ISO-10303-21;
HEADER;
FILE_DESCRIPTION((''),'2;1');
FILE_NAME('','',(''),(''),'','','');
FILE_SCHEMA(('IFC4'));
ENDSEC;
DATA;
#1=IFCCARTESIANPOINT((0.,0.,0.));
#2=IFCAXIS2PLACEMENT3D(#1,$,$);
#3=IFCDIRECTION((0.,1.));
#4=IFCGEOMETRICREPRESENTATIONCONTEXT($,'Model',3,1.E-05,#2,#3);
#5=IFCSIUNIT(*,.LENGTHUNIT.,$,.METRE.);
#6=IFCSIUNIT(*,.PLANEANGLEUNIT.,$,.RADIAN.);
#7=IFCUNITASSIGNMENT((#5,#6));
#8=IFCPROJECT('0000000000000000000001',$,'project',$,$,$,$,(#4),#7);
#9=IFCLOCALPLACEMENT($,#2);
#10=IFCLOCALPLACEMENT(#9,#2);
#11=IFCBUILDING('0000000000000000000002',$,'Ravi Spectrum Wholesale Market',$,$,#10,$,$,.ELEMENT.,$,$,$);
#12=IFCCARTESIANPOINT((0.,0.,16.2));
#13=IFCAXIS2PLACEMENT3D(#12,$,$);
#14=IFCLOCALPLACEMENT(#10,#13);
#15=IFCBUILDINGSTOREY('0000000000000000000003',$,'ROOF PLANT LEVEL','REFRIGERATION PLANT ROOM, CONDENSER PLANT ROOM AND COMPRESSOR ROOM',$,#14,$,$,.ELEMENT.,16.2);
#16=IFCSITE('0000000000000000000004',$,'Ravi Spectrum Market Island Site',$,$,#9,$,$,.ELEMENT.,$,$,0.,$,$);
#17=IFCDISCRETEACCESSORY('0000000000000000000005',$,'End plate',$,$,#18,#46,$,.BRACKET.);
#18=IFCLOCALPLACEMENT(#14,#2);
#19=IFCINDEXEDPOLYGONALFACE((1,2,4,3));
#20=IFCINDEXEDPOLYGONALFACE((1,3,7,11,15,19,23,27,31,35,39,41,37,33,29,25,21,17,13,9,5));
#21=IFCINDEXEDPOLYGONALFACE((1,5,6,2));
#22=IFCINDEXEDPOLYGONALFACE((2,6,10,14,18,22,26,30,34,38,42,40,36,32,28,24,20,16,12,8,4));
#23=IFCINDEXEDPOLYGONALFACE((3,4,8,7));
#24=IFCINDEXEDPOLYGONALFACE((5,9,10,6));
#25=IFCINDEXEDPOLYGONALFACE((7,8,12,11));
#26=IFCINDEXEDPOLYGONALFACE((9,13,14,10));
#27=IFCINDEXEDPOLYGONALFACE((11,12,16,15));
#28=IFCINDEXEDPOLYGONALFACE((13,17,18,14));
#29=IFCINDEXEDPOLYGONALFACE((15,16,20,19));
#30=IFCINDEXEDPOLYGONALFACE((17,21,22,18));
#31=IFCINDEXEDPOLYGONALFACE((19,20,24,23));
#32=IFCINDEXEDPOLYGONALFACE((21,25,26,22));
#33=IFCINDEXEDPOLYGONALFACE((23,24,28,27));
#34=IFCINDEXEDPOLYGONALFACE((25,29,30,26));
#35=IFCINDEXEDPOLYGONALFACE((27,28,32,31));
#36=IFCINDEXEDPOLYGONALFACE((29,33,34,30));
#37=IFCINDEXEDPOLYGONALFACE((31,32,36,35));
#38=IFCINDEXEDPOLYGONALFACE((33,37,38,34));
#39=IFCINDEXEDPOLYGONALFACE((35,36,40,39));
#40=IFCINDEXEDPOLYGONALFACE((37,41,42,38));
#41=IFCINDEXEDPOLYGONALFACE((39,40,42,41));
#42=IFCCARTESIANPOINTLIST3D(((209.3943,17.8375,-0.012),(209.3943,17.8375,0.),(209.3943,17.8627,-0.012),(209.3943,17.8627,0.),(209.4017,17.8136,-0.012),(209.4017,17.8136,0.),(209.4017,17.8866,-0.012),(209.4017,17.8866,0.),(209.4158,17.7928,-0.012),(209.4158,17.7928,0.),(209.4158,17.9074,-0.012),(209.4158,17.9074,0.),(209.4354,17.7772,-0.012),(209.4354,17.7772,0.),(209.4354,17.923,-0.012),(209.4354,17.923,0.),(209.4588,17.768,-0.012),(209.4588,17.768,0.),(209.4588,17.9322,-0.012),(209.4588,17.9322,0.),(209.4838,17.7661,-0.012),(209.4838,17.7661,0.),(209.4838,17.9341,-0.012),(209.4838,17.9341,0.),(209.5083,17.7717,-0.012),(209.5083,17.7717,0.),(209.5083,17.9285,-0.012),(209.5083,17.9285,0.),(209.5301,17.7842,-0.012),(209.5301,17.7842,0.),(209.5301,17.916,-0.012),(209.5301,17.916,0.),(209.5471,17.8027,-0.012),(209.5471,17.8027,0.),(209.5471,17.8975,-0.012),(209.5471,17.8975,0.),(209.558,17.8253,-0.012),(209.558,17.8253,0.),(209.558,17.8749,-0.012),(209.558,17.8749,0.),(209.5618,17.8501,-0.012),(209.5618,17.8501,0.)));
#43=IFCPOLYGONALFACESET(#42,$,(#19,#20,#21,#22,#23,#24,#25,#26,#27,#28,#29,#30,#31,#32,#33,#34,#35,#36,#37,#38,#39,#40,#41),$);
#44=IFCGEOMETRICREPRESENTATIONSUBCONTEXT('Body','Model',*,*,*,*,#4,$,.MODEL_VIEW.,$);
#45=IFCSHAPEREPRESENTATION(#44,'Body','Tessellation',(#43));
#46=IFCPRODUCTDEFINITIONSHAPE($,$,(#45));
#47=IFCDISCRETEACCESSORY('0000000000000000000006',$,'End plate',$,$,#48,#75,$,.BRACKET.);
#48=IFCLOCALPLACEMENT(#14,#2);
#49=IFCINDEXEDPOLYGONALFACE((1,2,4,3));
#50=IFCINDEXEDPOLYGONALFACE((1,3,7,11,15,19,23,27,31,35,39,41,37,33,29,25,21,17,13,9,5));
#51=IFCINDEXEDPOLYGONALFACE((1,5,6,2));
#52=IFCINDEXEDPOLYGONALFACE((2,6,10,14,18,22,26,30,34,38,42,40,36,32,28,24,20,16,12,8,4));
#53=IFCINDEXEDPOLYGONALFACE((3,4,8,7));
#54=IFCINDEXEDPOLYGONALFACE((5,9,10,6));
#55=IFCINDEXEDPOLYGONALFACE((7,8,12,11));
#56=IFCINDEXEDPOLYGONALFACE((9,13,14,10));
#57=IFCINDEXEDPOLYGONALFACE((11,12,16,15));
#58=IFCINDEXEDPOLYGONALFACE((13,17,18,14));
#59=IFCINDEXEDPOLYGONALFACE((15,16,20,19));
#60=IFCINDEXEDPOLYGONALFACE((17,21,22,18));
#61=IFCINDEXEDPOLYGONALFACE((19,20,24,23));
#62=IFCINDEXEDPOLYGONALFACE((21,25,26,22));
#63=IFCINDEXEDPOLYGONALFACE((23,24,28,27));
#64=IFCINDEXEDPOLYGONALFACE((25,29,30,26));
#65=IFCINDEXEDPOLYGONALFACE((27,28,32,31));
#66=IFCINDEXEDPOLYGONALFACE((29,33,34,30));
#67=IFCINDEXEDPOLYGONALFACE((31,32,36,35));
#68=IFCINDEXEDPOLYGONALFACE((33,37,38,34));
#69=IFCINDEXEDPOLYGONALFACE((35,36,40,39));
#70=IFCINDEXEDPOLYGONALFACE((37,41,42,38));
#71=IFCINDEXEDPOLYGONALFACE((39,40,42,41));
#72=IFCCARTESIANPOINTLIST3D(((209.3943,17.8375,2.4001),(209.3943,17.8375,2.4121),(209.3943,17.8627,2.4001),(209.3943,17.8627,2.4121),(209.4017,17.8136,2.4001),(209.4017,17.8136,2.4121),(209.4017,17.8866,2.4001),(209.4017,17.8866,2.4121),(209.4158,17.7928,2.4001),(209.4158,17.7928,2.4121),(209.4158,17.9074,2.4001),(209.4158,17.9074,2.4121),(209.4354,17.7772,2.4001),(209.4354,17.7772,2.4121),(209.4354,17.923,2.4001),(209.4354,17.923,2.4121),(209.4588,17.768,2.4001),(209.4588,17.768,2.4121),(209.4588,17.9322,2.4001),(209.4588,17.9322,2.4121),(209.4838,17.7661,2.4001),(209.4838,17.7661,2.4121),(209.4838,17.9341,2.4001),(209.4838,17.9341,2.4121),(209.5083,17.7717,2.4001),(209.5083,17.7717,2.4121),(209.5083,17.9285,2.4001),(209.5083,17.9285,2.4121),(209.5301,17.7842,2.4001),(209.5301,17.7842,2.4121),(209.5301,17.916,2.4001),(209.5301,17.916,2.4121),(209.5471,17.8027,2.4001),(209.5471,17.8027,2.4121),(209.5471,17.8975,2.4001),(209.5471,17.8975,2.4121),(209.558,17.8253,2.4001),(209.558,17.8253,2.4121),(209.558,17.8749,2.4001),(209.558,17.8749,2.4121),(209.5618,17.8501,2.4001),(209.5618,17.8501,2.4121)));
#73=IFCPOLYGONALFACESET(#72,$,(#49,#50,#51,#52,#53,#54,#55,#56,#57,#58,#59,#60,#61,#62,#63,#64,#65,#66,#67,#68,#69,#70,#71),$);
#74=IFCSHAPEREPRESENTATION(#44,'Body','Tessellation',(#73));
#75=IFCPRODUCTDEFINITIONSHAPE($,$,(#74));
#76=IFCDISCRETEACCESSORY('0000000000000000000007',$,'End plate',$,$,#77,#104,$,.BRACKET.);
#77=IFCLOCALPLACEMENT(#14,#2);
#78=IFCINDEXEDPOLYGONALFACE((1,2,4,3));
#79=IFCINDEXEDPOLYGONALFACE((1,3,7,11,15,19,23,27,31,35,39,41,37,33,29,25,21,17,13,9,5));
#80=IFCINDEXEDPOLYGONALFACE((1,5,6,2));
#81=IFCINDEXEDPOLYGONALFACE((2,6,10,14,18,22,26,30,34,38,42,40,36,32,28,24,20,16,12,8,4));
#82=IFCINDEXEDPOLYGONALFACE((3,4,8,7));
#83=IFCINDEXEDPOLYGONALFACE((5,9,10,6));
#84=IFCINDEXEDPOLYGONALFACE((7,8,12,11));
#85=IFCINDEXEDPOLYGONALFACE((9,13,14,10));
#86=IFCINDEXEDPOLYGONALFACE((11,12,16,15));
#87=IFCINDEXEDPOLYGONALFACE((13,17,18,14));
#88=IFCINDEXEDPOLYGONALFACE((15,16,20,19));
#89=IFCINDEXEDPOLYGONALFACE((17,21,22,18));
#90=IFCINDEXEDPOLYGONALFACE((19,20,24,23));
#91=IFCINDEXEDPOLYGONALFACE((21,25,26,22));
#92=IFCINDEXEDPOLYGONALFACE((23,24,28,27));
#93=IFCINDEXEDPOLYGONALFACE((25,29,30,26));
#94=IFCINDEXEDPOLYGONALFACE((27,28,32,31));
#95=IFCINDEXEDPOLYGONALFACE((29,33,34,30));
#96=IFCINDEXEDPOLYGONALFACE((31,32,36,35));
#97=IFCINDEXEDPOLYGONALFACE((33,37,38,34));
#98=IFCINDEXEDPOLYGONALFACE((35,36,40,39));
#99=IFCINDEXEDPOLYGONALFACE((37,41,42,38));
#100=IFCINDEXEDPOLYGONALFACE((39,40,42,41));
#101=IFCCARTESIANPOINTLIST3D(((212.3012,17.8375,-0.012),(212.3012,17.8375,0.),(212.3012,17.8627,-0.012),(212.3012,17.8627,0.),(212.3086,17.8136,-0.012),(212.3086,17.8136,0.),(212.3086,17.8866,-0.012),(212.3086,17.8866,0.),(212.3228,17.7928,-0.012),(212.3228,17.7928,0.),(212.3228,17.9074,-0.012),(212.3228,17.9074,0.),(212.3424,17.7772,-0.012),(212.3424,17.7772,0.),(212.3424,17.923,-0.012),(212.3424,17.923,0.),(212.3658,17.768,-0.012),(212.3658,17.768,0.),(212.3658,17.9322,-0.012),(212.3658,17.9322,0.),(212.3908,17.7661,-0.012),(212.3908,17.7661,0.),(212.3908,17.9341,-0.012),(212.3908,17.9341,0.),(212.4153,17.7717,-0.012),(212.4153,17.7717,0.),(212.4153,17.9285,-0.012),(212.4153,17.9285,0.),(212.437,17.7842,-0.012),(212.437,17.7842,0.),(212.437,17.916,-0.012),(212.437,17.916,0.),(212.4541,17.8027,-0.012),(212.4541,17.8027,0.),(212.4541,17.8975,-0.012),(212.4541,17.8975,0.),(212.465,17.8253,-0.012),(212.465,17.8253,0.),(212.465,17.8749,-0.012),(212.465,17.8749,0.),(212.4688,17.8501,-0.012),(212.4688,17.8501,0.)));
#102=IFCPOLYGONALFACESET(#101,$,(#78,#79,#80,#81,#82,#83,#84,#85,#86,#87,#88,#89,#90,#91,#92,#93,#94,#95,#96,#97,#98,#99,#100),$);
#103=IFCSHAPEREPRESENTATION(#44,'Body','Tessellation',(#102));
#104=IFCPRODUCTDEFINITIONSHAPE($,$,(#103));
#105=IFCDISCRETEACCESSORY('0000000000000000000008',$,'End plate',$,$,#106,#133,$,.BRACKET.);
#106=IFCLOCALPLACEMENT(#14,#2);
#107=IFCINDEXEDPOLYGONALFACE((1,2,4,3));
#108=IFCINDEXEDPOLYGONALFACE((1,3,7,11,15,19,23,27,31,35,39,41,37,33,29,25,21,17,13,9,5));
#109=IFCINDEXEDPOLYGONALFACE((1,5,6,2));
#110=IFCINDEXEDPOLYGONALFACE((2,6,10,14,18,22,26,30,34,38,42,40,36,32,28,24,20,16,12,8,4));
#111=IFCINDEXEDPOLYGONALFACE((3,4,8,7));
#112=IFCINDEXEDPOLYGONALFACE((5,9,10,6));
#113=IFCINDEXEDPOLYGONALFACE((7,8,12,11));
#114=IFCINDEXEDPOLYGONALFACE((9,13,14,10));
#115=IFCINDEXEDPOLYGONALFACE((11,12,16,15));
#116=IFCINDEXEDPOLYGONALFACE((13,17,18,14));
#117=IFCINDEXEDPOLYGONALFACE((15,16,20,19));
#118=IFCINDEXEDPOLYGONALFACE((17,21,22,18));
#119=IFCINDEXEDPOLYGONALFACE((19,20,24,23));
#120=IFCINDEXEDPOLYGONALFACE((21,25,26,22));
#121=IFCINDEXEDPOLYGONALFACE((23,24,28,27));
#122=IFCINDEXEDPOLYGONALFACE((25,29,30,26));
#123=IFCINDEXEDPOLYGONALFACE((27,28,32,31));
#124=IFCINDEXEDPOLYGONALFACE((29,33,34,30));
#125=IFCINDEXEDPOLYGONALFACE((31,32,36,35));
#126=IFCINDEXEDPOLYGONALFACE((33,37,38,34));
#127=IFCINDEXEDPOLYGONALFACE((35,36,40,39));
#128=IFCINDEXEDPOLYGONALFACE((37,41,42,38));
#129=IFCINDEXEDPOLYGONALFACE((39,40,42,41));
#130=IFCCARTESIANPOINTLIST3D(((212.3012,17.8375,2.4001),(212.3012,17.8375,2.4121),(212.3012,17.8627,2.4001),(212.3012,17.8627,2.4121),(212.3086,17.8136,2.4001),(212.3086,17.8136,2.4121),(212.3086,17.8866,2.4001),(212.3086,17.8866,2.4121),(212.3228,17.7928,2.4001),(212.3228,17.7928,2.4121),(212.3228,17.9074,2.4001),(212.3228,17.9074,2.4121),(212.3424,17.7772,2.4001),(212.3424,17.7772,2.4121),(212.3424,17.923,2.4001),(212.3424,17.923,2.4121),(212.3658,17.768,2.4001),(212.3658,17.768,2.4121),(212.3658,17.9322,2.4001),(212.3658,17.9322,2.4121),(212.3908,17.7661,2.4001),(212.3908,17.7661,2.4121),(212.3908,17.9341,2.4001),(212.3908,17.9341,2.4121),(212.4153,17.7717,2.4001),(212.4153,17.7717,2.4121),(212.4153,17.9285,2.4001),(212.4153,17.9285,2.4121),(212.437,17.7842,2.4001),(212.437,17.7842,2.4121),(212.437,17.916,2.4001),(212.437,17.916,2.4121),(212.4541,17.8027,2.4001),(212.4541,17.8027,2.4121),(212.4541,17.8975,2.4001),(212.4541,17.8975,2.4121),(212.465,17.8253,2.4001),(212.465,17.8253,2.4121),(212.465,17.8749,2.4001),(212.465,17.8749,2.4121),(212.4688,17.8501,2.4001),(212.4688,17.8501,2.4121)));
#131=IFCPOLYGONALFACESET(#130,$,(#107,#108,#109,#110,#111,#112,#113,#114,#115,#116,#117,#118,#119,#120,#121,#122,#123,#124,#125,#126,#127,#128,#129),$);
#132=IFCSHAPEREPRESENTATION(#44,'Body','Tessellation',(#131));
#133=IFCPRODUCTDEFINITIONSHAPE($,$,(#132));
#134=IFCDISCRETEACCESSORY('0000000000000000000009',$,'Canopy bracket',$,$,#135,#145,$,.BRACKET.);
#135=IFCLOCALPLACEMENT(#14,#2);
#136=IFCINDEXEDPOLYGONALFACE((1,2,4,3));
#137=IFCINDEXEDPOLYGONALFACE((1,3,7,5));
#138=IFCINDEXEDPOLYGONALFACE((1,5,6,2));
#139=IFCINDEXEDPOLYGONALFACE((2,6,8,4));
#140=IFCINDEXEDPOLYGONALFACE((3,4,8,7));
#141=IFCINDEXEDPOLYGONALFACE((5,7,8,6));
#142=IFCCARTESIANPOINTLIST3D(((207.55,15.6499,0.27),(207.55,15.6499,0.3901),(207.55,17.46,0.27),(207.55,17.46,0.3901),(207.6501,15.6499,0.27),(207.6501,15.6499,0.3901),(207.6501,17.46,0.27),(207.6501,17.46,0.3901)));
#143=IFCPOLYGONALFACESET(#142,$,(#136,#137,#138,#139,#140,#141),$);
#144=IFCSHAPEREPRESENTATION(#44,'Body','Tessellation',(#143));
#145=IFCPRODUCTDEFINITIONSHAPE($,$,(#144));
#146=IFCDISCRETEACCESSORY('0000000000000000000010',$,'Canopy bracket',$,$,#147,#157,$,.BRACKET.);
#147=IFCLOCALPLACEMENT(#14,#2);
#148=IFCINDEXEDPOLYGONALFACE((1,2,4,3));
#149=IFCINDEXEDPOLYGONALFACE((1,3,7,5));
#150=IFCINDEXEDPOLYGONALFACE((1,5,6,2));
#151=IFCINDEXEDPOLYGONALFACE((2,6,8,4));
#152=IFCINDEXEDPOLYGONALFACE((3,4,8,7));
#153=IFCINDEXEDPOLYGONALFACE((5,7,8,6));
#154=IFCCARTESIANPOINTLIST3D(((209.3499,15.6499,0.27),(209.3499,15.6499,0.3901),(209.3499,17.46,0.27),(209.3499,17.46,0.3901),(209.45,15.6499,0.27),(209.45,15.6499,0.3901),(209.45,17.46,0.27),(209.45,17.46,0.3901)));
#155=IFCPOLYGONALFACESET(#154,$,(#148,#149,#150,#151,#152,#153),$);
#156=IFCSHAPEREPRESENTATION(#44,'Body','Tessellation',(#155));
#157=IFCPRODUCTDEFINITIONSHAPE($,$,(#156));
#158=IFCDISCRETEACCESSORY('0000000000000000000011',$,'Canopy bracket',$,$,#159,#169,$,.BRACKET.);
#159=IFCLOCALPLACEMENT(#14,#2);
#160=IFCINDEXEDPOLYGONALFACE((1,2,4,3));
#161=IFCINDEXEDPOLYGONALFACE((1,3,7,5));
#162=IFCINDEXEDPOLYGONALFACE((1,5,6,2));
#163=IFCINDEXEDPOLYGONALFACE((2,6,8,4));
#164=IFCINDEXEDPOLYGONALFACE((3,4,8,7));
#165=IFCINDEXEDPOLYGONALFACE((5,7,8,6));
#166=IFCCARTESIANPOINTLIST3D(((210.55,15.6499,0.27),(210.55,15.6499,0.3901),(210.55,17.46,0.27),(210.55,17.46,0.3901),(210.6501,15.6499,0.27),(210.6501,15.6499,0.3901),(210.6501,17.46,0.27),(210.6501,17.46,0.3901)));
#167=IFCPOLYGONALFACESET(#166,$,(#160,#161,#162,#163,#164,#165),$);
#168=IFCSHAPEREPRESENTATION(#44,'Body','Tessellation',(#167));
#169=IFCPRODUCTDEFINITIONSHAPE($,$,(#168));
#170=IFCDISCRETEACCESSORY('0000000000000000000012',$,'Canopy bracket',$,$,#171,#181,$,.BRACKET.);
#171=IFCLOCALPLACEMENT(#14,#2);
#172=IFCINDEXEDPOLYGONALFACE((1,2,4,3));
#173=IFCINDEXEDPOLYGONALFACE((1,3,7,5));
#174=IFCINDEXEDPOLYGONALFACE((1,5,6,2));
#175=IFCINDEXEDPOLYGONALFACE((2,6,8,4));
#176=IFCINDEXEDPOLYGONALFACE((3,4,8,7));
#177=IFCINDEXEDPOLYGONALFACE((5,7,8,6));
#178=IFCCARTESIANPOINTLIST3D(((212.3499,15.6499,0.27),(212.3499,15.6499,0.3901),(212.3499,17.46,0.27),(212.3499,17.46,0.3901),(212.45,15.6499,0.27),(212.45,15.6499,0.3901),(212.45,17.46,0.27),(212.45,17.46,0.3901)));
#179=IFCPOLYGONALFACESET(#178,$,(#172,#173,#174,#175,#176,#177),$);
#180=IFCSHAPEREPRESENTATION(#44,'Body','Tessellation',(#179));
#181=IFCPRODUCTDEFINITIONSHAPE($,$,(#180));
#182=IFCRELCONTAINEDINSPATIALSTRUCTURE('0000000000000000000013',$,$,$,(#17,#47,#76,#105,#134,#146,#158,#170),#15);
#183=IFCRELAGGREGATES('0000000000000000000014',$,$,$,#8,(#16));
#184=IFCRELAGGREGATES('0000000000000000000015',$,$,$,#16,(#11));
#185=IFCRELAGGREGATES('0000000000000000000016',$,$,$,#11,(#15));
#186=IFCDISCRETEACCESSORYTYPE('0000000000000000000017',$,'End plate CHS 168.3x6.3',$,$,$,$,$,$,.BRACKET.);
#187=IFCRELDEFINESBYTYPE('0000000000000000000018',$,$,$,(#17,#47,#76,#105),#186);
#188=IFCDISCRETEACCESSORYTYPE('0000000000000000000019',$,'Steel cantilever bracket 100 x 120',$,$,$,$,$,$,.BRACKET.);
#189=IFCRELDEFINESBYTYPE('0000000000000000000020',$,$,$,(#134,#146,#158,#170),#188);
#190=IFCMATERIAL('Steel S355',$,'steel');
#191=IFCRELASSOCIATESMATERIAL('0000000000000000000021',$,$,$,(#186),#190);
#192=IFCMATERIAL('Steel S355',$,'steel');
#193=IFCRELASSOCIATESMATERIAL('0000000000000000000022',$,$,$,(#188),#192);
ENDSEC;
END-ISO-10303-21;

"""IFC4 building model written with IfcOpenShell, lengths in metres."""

from ifc_helpers import new_model, si_unit, direction, frame, origin, origin_2d, place, context, subcontext, project, spatial, rectangle, circle, extrude, material, material_profile, profile_set, type_object, element, save


model = new_model("IFC4")

# Units and contexts
model_context = context("Model", 3, precision=1e-05, world=origin(), true_north=direction((0.0, 1.0)))
body_context = subcontext(model_context, "Body", "Model", "MODEL_VIEW")
ifc_project = project(units=[si_unit("LENGTHUNIT", "METRE"), si_unit("PLANEANGLEUNIT", "RADIAN")], contexts=[model_context])

# Site, building, storey
site_placement = place(None, origin())
site = spatial("IfcSite", under=ifc_project, at=site_placement, Name="Ravi Spectrum Market Island Site", CompositionType="ELEMENT", RefElevation=0.0)
building_placement = place(site_placement, origin())
building = spatial("IfcBuilding", under=site, at=building_placement, Name="Ravi Spectrum Wholesale Market", CompositionType="ELEMENT")
storey_placement = place(building_placement, frame((0.0, 0.0, 16.2)))
storey = spatial("IfcBuildingStorey", under=building, at=storey_placement, Name="ROOF PLANT LEVEL", Description="REFRIGERATION PLANT ROOM, CONDENSER PLANT ROOM AND COMPRESSOR ROOM", CompositionType="ELEMENT", Elevation=16.2)

# Discrete accessories
ifc_material_1 = material(Name="Steel S355", Category="steel")
ifc_material_profile_1 = material_profile(ifc_material_1, circle(Radius=0.0842, at=origin_2d()))
ifc_profile_set_1 = profile_set([ifc_material_profile_1], Name="Steel S355")
discrete_accessory_type_1 = type_object("IfcDiscreteAccessoryType", Name="End plate CHS 168.3x6.3", PredefinedType="BRACKET", material=ifc_profile_set_1)
for number, where, z_axis, x_axis, name in (
    (1, (209.4775, 17.8501, 0.0), (0.0, 0.0, -1.0), (1.0, 0.0, 0.0), "End plate"),
    (2, (209.4775, 17.8501, 2.4001), (0.0, 0.0, 1.0), (1.0, 0.0, 0.0), "End plate"),
    (3, (212.3845, 17.8501, 0.0), (0.0, 0.0, -1.0), (1.0, 0.0, 0.0), "End plate"),
    (4, (212.3845, 17.8501, 2.4001), (0.0, 0.0, 1.0), (1.0, 0.0, 0.0), "End plate"),
):
    element("IfcDiscreteAccessory", number, at=place(storey_placement, frame(where, z_axis=z_axis, x_axis=x_axis)), inside=storey, type_object=discrete_accessory_type_1, Name=name, PredefinedType="BRACKET", context=body_context, shape_type="SweptSolid", body=[
        extrude(circle(Radius=0.0842, at=origin_2d()), origin(), (0.0, 0.0, 1.0), 0.012),
    ])
ifc_material_2 = material(Name="Steel S355", Category="steel")
discrete_accessory_type_2 = type_object("IfcDiscreteAccessoryType", Name="Steel cantilever bracket 100 x 120", PredefinedType="BRACKET", material=ifc_material_2)
for number, where, z_axis, x_axis, name in (
    (5, (207.6001, 16.5549, 0.27), (0.0, 0.0, 1.0), (1.0, 0.0, 0.0), "Canopy bracket"),
    (6, (209.3999, 16.5549, 0.27), (0.0, 0.0, 1.0), (1.0, 0.0, 0.0), "Canopy bracket"),
    (7, (210.6001, 16.5549, 0.27), (0.0, 0.0, 1.0), (1.0, 0.0, 0.0), "Canopy bracket"),
    (8, (212.3999, 16.5549, 0.27), (0.0, 0.0, 1.0), (1.0, 0.0, 0.0), "Canopy bracket"),
):
    element("IfcDiscreteAccessory", number, at=place(storey_placement, frame(where, z_axis=z_axis, x_axis=x_axis)), inside=storey, type_object=discrete_accessory_type_2, Name=name, PredefinedType="BRACKET", context=body_context, shape_type="SweptSolid", body=[
        extrude(rectangle(XDim=0.1001, YDim=1.8101, at=origin_2d()), origin(), (0.0, 0.0, 1.0), 0.1201),
    ])

save(model, "model.ifc")
